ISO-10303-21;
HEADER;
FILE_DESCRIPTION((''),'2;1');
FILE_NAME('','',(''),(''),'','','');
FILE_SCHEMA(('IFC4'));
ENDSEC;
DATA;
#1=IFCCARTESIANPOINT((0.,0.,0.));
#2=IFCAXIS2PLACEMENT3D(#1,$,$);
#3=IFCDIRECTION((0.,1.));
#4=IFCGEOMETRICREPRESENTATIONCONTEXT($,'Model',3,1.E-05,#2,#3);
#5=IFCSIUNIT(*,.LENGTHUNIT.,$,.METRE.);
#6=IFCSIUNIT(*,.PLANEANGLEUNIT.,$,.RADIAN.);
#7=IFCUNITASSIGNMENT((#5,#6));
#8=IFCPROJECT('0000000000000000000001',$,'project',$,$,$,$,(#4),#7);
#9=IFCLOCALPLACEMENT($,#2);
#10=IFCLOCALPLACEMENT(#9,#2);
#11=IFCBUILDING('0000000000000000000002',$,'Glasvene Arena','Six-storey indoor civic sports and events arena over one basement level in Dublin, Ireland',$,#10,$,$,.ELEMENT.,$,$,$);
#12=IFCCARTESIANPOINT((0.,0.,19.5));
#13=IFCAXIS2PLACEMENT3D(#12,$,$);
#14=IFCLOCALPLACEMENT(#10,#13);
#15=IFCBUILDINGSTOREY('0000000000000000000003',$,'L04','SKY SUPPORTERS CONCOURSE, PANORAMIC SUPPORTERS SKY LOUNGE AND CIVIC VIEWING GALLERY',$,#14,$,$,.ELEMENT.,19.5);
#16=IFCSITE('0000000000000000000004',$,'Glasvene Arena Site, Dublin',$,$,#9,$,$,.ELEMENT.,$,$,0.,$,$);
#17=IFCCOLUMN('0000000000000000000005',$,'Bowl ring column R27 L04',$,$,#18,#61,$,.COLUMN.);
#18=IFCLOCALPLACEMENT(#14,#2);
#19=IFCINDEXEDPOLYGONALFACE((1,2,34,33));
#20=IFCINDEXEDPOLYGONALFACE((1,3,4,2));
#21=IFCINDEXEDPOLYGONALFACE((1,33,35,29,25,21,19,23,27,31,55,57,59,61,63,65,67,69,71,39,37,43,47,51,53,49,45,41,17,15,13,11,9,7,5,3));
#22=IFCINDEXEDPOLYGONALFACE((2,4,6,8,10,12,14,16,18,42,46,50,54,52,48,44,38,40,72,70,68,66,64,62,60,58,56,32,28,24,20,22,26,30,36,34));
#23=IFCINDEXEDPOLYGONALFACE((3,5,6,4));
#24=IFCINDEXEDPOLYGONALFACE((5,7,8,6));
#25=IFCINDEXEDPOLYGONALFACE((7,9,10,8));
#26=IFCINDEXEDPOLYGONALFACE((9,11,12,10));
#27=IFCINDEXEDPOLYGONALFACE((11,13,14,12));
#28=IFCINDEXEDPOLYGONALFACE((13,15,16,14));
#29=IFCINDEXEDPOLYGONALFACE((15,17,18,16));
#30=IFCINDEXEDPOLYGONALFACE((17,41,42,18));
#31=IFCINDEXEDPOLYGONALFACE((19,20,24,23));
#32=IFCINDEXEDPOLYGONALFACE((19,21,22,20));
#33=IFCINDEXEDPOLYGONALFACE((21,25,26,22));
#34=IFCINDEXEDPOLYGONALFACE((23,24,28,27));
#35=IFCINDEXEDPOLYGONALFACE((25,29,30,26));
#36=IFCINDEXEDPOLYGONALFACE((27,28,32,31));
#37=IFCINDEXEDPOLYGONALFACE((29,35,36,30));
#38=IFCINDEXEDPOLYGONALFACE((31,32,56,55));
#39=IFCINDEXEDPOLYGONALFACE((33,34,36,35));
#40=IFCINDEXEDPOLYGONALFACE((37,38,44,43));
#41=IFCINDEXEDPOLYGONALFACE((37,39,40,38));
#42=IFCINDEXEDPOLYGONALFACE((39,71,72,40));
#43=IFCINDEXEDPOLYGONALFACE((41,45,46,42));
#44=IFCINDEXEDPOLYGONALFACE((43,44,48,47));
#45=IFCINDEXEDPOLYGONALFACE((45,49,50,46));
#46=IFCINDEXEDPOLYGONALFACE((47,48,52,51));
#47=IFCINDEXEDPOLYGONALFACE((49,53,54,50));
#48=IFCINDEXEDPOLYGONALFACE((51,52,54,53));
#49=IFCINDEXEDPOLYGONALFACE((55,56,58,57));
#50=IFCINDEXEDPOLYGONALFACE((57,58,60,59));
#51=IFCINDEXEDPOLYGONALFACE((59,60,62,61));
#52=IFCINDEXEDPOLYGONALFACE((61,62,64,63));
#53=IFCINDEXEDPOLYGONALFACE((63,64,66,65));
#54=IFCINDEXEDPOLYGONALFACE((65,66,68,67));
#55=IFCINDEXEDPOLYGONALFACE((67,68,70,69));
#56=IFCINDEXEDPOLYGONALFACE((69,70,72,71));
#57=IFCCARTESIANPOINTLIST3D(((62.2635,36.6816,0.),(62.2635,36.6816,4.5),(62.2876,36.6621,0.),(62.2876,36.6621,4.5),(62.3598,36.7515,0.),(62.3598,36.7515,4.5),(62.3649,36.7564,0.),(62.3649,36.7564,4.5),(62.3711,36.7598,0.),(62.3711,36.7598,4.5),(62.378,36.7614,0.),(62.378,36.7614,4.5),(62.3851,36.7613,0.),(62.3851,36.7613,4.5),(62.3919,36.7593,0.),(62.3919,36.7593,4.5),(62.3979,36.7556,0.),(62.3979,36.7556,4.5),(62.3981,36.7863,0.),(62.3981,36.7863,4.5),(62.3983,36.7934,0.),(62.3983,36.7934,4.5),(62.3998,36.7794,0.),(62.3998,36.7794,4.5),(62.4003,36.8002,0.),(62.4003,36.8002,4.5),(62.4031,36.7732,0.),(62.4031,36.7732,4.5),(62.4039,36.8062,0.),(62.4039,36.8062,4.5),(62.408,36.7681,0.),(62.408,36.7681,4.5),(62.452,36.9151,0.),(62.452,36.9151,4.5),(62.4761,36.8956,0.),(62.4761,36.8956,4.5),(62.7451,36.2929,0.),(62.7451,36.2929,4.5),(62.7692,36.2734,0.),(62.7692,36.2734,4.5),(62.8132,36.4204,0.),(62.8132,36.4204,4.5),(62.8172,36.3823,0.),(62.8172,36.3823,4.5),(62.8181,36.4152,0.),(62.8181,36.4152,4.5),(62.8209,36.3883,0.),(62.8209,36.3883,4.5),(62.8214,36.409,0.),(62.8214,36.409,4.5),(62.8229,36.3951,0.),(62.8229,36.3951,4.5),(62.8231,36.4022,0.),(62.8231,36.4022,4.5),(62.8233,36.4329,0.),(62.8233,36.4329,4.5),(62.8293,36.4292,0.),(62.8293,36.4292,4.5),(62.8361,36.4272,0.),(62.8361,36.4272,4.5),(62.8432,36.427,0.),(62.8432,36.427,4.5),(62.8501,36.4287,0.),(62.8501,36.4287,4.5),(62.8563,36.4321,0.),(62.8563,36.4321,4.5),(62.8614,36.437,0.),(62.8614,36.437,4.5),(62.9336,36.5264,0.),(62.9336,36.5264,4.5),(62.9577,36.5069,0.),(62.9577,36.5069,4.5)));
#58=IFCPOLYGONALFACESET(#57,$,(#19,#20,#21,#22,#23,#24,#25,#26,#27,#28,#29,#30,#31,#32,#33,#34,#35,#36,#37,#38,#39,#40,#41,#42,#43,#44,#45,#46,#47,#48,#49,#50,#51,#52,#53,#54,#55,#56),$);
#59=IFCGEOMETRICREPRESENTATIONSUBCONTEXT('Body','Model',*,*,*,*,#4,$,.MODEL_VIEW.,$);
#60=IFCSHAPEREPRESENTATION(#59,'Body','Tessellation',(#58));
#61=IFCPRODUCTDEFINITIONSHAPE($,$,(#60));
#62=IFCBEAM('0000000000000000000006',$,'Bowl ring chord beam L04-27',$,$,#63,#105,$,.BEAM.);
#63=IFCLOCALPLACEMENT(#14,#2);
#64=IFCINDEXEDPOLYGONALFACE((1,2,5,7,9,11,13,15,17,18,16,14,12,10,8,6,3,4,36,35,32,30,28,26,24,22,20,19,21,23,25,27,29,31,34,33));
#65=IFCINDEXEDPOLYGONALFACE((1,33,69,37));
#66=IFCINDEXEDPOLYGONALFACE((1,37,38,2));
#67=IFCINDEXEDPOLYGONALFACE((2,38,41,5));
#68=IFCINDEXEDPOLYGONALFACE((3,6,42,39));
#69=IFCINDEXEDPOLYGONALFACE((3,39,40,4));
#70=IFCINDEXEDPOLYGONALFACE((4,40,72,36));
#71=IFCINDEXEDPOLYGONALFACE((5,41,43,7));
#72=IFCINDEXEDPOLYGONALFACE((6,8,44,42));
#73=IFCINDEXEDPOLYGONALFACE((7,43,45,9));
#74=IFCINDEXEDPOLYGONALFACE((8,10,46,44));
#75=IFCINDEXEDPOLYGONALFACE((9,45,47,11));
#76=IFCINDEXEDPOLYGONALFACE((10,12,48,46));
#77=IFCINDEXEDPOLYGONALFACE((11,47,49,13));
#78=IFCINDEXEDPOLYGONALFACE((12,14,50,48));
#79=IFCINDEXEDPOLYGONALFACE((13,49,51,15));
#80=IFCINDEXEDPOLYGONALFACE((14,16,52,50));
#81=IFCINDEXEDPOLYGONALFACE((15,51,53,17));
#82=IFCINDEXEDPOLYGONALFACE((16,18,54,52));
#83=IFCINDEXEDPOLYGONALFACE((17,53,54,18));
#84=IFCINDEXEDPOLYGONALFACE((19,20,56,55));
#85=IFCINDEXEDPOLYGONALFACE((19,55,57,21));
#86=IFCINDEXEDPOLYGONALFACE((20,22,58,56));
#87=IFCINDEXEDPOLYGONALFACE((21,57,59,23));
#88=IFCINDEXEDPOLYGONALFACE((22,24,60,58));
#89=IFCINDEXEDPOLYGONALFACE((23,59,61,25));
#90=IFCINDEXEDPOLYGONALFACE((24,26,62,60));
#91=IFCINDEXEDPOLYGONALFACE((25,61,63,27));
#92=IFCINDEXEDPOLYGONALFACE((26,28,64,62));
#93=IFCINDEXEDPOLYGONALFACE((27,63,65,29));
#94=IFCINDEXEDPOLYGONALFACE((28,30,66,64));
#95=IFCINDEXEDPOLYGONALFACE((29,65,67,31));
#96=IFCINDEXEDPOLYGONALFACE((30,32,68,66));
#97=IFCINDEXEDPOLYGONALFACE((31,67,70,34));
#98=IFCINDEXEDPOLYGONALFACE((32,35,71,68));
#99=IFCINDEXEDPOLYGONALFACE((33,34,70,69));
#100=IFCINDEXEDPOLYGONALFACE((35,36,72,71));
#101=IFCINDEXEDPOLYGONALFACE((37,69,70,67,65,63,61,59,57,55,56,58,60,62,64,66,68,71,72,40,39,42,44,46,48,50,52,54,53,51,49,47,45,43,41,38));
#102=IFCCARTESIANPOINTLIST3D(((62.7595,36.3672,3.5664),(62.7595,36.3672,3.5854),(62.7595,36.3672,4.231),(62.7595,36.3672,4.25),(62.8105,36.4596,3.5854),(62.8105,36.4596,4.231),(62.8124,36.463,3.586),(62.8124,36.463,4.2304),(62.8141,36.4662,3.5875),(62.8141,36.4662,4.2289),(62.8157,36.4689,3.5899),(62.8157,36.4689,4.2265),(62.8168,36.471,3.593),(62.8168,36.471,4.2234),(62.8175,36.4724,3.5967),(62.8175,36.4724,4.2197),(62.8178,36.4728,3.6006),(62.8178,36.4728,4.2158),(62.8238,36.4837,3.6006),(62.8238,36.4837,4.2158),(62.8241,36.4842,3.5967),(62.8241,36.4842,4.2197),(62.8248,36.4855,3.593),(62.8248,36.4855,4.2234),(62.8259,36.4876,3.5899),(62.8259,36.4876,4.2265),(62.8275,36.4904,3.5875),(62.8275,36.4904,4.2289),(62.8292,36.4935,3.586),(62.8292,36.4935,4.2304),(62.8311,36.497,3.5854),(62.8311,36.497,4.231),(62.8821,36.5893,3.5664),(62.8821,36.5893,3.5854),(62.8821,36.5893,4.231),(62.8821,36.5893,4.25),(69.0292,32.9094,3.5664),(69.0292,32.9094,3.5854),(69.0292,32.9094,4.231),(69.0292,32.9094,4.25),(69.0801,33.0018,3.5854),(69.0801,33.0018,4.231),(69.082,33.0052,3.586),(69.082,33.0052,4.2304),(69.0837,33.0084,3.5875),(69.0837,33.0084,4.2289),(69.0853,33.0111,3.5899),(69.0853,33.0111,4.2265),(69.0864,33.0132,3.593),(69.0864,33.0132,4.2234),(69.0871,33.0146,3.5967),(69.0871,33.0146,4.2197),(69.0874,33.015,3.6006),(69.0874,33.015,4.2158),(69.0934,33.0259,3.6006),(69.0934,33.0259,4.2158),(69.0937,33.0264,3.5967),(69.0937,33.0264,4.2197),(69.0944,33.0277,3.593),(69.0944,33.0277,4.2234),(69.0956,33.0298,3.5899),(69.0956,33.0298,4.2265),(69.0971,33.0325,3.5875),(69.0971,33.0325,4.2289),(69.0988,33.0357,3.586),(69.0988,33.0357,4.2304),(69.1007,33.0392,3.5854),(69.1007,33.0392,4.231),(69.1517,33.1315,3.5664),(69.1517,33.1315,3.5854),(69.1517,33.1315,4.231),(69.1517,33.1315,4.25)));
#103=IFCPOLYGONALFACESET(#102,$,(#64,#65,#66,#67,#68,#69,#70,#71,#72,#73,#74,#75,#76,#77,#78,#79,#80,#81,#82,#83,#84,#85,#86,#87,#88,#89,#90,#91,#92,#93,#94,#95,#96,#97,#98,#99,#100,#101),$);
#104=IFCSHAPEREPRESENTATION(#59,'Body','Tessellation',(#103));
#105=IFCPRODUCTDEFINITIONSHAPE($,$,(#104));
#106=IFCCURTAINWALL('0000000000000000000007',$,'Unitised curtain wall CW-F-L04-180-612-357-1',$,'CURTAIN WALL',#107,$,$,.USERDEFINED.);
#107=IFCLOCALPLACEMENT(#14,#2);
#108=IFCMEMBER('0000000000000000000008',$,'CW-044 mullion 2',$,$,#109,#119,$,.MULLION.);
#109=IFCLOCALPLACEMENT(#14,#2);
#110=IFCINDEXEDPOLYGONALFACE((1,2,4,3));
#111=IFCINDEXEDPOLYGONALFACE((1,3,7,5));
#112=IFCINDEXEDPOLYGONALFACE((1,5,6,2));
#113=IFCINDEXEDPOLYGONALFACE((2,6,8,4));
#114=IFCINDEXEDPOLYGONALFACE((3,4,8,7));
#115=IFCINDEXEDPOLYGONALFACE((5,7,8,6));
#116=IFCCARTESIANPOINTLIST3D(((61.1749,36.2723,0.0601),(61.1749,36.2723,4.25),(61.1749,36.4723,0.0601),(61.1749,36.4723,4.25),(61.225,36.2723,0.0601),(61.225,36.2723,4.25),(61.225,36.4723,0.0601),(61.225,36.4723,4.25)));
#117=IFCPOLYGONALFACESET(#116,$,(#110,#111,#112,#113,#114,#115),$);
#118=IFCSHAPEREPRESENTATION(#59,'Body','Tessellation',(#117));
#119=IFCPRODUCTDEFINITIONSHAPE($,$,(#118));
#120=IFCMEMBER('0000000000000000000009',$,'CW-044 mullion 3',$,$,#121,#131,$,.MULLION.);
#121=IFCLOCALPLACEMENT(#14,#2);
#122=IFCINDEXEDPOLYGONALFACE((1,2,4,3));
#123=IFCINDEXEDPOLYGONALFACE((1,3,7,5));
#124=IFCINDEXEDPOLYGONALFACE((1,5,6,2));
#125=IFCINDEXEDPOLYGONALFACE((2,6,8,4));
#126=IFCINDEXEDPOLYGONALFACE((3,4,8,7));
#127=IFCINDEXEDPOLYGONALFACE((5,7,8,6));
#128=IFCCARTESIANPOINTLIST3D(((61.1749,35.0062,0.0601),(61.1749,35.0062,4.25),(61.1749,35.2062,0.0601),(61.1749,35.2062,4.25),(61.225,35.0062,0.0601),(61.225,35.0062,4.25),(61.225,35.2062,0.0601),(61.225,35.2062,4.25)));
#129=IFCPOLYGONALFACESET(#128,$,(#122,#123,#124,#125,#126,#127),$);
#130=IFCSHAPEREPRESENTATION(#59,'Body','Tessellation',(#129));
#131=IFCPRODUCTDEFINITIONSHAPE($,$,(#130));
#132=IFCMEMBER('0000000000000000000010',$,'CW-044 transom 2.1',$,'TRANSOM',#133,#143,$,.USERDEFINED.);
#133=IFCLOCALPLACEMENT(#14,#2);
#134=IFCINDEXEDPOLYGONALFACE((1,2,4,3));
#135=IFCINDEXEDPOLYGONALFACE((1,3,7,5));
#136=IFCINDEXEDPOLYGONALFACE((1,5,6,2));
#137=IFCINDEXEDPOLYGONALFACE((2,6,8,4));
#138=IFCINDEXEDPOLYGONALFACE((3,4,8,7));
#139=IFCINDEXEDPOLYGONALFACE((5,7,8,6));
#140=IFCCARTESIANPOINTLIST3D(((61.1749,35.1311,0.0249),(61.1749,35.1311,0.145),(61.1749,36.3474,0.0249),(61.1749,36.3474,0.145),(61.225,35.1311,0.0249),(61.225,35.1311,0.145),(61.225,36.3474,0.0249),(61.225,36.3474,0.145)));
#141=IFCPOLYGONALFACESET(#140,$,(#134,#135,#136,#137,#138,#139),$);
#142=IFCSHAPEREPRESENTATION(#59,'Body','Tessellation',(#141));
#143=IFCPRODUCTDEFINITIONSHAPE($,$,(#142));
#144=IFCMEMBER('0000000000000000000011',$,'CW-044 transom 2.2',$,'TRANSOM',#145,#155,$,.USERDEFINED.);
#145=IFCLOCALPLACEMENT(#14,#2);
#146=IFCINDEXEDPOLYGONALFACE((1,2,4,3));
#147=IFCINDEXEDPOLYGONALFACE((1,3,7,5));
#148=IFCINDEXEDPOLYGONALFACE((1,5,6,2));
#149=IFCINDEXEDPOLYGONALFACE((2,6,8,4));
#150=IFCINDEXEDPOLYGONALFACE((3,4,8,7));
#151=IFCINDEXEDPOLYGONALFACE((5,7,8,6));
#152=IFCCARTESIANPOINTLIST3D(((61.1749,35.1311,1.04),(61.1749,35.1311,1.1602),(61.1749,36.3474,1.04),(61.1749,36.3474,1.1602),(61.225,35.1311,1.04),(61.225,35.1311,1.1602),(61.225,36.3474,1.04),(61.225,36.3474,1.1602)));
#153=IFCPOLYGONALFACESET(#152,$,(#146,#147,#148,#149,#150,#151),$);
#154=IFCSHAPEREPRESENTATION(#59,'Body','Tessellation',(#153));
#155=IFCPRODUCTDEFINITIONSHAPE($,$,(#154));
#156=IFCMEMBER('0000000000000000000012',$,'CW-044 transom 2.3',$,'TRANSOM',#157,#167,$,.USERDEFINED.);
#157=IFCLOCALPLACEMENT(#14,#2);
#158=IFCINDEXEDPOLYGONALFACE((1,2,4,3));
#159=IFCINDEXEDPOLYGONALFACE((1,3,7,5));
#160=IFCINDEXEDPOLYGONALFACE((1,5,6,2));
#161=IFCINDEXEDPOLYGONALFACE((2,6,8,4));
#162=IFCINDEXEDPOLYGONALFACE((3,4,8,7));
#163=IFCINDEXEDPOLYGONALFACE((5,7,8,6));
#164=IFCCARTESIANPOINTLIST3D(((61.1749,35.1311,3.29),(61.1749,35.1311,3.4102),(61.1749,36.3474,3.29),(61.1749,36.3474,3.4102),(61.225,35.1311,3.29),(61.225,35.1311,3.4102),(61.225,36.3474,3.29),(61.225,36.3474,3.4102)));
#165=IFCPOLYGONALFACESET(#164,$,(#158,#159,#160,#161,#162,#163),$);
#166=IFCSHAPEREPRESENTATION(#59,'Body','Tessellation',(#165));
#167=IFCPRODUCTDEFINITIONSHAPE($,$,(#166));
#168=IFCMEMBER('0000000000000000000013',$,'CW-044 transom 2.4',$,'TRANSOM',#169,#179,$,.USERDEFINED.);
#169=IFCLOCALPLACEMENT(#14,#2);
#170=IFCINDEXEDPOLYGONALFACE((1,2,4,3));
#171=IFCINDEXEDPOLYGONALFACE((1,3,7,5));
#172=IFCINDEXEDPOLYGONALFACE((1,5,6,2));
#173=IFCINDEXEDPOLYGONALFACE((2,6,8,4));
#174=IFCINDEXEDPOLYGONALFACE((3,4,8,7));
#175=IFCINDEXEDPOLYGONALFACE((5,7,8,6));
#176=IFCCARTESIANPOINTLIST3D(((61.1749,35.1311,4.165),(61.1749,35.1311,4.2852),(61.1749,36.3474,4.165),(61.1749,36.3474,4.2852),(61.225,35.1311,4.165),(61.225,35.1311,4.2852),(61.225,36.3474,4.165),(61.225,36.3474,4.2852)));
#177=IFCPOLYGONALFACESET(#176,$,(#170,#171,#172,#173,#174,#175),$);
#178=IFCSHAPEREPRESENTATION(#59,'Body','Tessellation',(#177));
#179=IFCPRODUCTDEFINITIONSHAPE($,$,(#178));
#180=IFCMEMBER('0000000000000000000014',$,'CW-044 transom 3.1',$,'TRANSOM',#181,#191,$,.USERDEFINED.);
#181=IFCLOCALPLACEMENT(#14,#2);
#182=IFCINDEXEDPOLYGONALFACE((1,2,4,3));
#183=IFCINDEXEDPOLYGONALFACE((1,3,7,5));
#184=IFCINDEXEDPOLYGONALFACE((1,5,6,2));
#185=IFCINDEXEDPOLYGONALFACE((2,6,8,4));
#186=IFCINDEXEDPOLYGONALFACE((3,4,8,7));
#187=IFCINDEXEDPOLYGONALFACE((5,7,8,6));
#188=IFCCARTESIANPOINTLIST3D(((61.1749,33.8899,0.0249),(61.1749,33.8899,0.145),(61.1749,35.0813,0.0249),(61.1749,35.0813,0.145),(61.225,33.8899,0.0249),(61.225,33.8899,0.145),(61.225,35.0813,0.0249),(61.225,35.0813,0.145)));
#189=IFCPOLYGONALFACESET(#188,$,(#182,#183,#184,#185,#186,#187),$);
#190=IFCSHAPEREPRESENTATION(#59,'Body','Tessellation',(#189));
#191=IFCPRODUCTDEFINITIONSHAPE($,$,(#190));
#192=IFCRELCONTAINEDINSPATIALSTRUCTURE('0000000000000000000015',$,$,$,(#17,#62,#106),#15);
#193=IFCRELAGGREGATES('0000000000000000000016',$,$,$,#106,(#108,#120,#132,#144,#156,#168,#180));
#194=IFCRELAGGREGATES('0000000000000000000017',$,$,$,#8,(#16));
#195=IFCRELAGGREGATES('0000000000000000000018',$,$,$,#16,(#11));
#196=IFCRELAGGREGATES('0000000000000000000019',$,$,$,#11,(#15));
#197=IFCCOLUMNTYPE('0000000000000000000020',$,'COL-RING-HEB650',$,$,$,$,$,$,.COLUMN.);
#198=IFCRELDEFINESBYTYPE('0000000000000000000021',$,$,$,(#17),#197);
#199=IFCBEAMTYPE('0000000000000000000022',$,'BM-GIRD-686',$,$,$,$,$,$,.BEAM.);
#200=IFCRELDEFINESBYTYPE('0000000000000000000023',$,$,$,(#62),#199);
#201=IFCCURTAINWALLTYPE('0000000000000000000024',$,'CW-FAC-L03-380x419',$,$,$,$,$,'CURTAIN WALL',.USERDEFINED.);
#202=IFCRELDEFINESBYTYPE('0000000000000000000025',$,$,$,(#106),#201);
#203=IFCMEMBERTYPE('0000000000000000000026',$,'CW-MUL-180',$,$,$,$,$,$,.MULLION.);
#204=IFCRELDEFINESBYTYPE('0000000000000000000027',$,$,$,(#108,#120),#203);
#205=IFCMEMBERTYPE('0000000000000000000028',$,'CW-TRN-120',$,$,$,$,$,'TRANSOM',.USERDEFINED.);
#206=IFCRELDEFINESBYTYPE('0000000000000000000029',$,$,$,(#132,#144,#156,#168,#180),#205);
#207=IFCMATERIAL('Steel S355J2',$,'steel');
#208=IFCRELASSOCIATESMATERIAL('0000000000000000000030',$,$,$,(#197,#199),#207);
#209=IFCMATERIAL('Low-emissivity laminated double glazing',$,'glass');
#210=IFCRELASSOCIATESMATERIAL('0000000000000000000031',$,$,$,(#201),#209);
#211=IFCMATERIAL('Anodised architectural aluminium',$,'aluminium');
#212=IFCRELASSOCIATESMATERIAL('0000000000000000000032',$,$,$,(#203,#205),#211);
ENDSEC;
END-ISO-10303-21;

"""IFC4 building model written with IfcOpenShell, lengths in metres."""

from ifc_helpers import new_model, si_unit, direction, frame, origin, origin_2d, place, context, subcontext, project, spatial, rectangle, i_section, extrude, material, material_profile, profile_set, type_object, element, aggregate, save


model = new_model("IFC4")

# Units and contexts
model_context = context("Model", 3, precision=1e-05, world=origin(), true_north=direction((0.0, 1.0)))
body_context = subcontext(model_context, "Body", "Model", "MODEL_VIEW")
ifc_project = project(units=[si_unit("LENGTHUNIT", "METRE"), si_unit("PLANEANGLEUNIT", "RADIAN")], contexts=[model_context])

# Site, building, storey
site_placement = place(None, origin())
site = spatial("IfcSite", under=ifc_project, at=site_placement, Name="Glasvene Arena Site, Dublin", CompositionType="ELEMENT", RefElevation=0.0)
building_placement = place(site_placement, origin())
building = spatial("IfcBuilding", under=site, at=building_placement, Name="Glasvene Arena", Description="Six-storey indoor civic sports and events arena over one basement level in Dublin, Ireland", CompositionType="ELEMENT")
storey_placement = place(building_placement, frame((0.0, 0.0, 19.5)))
storey = spatial("IfcBuildingStorey", under=building, at=storey_placement, Name="L04", Description="SKY SUPPORTERS CONCOURSE, PANORAMIC SUPPORTERS SKY LOUNGE AND CIVIC VIEWING GALLERY", CompositionType="ELEMENT", Elevation=19.5)

# Column
ifc_material_1 = material(Name="Steel S355J2", Category="steel")
ifc_material_profile_1 = material_profile(ifc_material_1, i_section(OverallWidth=0.3, OverallDepth=0.6499, WebThickness=0.0161, FlangeThickness=0.031, FilletRadius=0.0271, at=origin_2d()), Name="HEB 650")
ifc_profile_set_1 = profile_set([ifc_material_profile_1], Name="Steel S355J2")
column_type = type_object("IfcColumnType", Name="COL-RING-HEB650", PredefinedType="COLUMN", material=ifc_profile_set_1)
column_placement = place(storey_placement, frame((62.6106, 36.5942, 0.0), z_axis=(0.0, 0.0, 1.0), x_axis=(-0.628099, -0.778134, 0.0)))
element("IfcColumn", 1, at=column_placement, inside=storey, type_object=column_type, Name="Bowl ring column R27 L04", PredefinedType="COLUMN", context=body_context, shape_type="SweptSolid", body=[
    extrude(i_section(OverallWidth=0.3, OverallDepth=0.6499, WebThickness=0.0161, FlangeThickness=0.031, FilletRadius=0.0271, at=origin_2d()), origin(), (0.0, 0.0, 1.0), 4.5),
])

# Beam
ifc_material_profile_2 = material_profile(ifc_material_1, i_section(OverallWidth=0.2537, OverallDepth=0.6836, WebThickness=0.0125, FlangeThickness=0.019, FilletRadius=0.0151, at=origin_2d()), Name="UKB 686x254x140")
ifc_profile_set_2 = profile_set([ifc_material_profile_2], Name="Steel S355J2")
beam_type = type_object("IfcBeamType", Name="BM-GIRD-686", PredefinedType="BEAM", material=ifc_profile_set_2)
beam_placement = place(storey_placement, frame((62.8208, 36.4783, 3.9082), z_axis=(0.875654, -0.482939, 0.0), x_axis=(0.482939, 0.875654, 0.0)))
element("IfcBeam", 2, at=beam_placement, inside=storey, type_object=beam_type, Name="Bowl ring chord beam L04-27", PredefinedType="BEAM", context=body_context, shape_type="SweptSolid", body=[
    extrude(i_section(OverallWidth=0.2537, OverallDepth=0.6836, WebThickness=0.0125, FlangeThickness=0.019, FilletRadius=0.0151, at=origin_2d()), origin(), (0.0, 0.0, 1.0), 7.1599),
])

# Curtain wall, members
ifc_material_2 = material(Name="Low-emissivity laminated double glazing", Category="glass")
curtain_wall_type = type_object("IfcCurtainWallType", Name="CW-FAC-L03-380x419", ElementType="CURTAIN WALL", PredefinedType="USERDEFINED", material=ifc_material_2)
curtain_wall_placement = place(storey_placement, frame((61.2, 37.6387, 0.0)))
curtain_wall = element("IfcCurtainWall", 3, at=curtain_wall_placement, inside=storey, type_object=curtain_wall_type, Name="Unitised curtain wall CW-F-L04-180-612-357-1", ObjectType="CURTAIN WALL", PredefinedType="USERDEFINED")
ifc_material_3 = material(Name="Anodised architectural aluminium", Category="aluminium")
ifc_material_profile_3 = material_profile(ifc_material_3, rectangle(XDim=0.05, YDim=0.2, at=origin_2d()), Name="ALU MULLION 50x200")
ifc_profile_set_3 = profile_set([ifc_material_profile_3], Name="Anodised architectural aluminium")
member_type_1 = type_object("IfcMemberType", Name="CW-MUL-180", PredefinedType="MULLION", material=ifc_profile_set_3)
member_1_placement = place(storey_placement, frame((61.2, 36.3723, 0.0601), z_axis=(0.0, 0.0, 1.0), x_axis=(1.0, 0.0, 0.0)))
member_1 = element("IfcMember", 4, at=member_1_placement, type_object=member_type_1, Name="CW-044 mullion 2", PredefinedType="MULLION", context=body_context, shape_type="SweptSolid", body=[
    extrude(rectangle(XDim=0.05, YDim=0.2, at=origin_2d()), origin(), (0.0, 0.0, 1.0), 4.1899),
])
member_2_placement = place(storey_placement, frame((61.2, 35.1062, 0.0601), z_axis=(0.0, 0.0, 1.0), x_axis=(1.0, 0.0, 0.0)))
member_2 = element("IfcMember", 5, at=member_2_placement, type_object=member_type_1, Name="CW-044 mullion 3", PredefinedType="MULLION", context=body_context, shape_type="SweptSolid", body=[
    extrude(rectangle(XDim=0.05, YDim=0.2, at=origin_2d()), origin(), (0.0, 0.0, 1.0), 4.1899),
])
ifc_material_profile_4 = material_profile(ifc_material_3, rectangle(XDim=0.05, YDim=0.1201, at=origin_2d()), Name="ALU TRANSOM 50x120")
ifc_profile_set_4 = profile_set([ifc_material_profile_4], Name="Anodised architectural aluminium")
member_type_2 = type_object("IfcMemberType", Name="CW-TRN-120", ElementType="TRANSOM", PredefinedType="USERDEFINED", material=ifc_profile_set_4)
member_3_placement = place(storey_placement, frame((61.2, 36.3474, 0.085), z_axis=(0.0, -1.0, 0.0), x_axis=(1.0, 0.0, 0.0)))
member_3 = element("IfcMember", 6, at=member_3_placement, type_object=member_type_2, Name="CW-044 transom 2.1", ObjectType="TRANSOM", PredefinedType="USERDEFINED", context=body_context, shape_type="SweptSolid", body=[
    extrude(rectangle(XDim=0.05, YDim=0.1201, at=origin_2d()), origin(), (0.0, 0.0, 1.0), 1.2163),
])
member_4_placement = place(storey_placement, frame((61.2, 36.3474, 1.1001), z_axis=(0.0, -1.0, 0.0), x_axis=(1.0, 0.0, 0.0)))
member_4 = element("IfcMember", 7, at=member_4_placement, type_object=member_type_2, Name="CW-044 transom 2.2", ObjectType="TRANSOM", PredefinedType="USERDEFINED", context=body_context, shape_type="SweptSolid", body=[
    extrude(rectangle(XDim=0.05, YDim=0.1201, at=origin_2d()), origin(), (0.0, 0.0, 1.0), 1.2163),
])
member_5_placement = place(storey_placement, frame((61.2, 36.3474, 3.3501), z_axis=(0.0, -1.0, 0.0), x_axis=(1.0, 0.0, 0.0)))
member_5 = element("IfcMember", 8, at=member_5_placement, type_object=member_type_2, Name="CW-044 transom 2.3", ObjectType="TRANSOM", PredefinedType="USERDEFINED", context=body_context, shape_type="SweptSolid", body=[
    extrude(rectangle(XDim=0.05, YDim=0.1201, at=origin_2d()), origin(), (0.0, 0.0, 1.0), 1.2163),
])
member_6_placement = place(storey_placement, frame((61.2, 36.3474, 4.2251), z_axis=(0.0, -1.0, 0.0), x_axis=(1.0, 0.0, 0.0)))
member_6 = element("IfcMember", 9, at=member_6_placement, type_object=member_type_2, Name="CW-044 transom 2.4", ObjectType="TRANSOM", PredefinedType="USERDEFINED", context=body_context, shape_type="SweptSolid", body=[
    extrude(rectangle(XDim=0.05, YDim=0.1201, at=origin_2d()), origin(), (0.0, 0.0, 1.0), 1.2163),
])
member_7_placement = place(storey_placement, frame((61.2, 35.0813, 0.085), z_axis=(0.0, -1.0, 0.0), x_axis=(1.0, 0.0, 0.0)))
member_7 = element("IfcMember", 10, at=member_7_placement, type_object=member_type_2, Name="CW-044 transom 3.1", ObjectType="TRANSOM", PredefinedType="USERDEFINED", context=body_context, shape_type="SweptSolid", body=[
    extrude(rectangle(XDim=0.05, YDim=0.1201, at=origin_2d()), origin(), (0.0, 0.0, 1.0), 1.1914),
])
aggregate(curtain_wall, [member_1, member_2, member_3, member_4, member_5, member_6, member_7])

save(model, "model.ifc")
